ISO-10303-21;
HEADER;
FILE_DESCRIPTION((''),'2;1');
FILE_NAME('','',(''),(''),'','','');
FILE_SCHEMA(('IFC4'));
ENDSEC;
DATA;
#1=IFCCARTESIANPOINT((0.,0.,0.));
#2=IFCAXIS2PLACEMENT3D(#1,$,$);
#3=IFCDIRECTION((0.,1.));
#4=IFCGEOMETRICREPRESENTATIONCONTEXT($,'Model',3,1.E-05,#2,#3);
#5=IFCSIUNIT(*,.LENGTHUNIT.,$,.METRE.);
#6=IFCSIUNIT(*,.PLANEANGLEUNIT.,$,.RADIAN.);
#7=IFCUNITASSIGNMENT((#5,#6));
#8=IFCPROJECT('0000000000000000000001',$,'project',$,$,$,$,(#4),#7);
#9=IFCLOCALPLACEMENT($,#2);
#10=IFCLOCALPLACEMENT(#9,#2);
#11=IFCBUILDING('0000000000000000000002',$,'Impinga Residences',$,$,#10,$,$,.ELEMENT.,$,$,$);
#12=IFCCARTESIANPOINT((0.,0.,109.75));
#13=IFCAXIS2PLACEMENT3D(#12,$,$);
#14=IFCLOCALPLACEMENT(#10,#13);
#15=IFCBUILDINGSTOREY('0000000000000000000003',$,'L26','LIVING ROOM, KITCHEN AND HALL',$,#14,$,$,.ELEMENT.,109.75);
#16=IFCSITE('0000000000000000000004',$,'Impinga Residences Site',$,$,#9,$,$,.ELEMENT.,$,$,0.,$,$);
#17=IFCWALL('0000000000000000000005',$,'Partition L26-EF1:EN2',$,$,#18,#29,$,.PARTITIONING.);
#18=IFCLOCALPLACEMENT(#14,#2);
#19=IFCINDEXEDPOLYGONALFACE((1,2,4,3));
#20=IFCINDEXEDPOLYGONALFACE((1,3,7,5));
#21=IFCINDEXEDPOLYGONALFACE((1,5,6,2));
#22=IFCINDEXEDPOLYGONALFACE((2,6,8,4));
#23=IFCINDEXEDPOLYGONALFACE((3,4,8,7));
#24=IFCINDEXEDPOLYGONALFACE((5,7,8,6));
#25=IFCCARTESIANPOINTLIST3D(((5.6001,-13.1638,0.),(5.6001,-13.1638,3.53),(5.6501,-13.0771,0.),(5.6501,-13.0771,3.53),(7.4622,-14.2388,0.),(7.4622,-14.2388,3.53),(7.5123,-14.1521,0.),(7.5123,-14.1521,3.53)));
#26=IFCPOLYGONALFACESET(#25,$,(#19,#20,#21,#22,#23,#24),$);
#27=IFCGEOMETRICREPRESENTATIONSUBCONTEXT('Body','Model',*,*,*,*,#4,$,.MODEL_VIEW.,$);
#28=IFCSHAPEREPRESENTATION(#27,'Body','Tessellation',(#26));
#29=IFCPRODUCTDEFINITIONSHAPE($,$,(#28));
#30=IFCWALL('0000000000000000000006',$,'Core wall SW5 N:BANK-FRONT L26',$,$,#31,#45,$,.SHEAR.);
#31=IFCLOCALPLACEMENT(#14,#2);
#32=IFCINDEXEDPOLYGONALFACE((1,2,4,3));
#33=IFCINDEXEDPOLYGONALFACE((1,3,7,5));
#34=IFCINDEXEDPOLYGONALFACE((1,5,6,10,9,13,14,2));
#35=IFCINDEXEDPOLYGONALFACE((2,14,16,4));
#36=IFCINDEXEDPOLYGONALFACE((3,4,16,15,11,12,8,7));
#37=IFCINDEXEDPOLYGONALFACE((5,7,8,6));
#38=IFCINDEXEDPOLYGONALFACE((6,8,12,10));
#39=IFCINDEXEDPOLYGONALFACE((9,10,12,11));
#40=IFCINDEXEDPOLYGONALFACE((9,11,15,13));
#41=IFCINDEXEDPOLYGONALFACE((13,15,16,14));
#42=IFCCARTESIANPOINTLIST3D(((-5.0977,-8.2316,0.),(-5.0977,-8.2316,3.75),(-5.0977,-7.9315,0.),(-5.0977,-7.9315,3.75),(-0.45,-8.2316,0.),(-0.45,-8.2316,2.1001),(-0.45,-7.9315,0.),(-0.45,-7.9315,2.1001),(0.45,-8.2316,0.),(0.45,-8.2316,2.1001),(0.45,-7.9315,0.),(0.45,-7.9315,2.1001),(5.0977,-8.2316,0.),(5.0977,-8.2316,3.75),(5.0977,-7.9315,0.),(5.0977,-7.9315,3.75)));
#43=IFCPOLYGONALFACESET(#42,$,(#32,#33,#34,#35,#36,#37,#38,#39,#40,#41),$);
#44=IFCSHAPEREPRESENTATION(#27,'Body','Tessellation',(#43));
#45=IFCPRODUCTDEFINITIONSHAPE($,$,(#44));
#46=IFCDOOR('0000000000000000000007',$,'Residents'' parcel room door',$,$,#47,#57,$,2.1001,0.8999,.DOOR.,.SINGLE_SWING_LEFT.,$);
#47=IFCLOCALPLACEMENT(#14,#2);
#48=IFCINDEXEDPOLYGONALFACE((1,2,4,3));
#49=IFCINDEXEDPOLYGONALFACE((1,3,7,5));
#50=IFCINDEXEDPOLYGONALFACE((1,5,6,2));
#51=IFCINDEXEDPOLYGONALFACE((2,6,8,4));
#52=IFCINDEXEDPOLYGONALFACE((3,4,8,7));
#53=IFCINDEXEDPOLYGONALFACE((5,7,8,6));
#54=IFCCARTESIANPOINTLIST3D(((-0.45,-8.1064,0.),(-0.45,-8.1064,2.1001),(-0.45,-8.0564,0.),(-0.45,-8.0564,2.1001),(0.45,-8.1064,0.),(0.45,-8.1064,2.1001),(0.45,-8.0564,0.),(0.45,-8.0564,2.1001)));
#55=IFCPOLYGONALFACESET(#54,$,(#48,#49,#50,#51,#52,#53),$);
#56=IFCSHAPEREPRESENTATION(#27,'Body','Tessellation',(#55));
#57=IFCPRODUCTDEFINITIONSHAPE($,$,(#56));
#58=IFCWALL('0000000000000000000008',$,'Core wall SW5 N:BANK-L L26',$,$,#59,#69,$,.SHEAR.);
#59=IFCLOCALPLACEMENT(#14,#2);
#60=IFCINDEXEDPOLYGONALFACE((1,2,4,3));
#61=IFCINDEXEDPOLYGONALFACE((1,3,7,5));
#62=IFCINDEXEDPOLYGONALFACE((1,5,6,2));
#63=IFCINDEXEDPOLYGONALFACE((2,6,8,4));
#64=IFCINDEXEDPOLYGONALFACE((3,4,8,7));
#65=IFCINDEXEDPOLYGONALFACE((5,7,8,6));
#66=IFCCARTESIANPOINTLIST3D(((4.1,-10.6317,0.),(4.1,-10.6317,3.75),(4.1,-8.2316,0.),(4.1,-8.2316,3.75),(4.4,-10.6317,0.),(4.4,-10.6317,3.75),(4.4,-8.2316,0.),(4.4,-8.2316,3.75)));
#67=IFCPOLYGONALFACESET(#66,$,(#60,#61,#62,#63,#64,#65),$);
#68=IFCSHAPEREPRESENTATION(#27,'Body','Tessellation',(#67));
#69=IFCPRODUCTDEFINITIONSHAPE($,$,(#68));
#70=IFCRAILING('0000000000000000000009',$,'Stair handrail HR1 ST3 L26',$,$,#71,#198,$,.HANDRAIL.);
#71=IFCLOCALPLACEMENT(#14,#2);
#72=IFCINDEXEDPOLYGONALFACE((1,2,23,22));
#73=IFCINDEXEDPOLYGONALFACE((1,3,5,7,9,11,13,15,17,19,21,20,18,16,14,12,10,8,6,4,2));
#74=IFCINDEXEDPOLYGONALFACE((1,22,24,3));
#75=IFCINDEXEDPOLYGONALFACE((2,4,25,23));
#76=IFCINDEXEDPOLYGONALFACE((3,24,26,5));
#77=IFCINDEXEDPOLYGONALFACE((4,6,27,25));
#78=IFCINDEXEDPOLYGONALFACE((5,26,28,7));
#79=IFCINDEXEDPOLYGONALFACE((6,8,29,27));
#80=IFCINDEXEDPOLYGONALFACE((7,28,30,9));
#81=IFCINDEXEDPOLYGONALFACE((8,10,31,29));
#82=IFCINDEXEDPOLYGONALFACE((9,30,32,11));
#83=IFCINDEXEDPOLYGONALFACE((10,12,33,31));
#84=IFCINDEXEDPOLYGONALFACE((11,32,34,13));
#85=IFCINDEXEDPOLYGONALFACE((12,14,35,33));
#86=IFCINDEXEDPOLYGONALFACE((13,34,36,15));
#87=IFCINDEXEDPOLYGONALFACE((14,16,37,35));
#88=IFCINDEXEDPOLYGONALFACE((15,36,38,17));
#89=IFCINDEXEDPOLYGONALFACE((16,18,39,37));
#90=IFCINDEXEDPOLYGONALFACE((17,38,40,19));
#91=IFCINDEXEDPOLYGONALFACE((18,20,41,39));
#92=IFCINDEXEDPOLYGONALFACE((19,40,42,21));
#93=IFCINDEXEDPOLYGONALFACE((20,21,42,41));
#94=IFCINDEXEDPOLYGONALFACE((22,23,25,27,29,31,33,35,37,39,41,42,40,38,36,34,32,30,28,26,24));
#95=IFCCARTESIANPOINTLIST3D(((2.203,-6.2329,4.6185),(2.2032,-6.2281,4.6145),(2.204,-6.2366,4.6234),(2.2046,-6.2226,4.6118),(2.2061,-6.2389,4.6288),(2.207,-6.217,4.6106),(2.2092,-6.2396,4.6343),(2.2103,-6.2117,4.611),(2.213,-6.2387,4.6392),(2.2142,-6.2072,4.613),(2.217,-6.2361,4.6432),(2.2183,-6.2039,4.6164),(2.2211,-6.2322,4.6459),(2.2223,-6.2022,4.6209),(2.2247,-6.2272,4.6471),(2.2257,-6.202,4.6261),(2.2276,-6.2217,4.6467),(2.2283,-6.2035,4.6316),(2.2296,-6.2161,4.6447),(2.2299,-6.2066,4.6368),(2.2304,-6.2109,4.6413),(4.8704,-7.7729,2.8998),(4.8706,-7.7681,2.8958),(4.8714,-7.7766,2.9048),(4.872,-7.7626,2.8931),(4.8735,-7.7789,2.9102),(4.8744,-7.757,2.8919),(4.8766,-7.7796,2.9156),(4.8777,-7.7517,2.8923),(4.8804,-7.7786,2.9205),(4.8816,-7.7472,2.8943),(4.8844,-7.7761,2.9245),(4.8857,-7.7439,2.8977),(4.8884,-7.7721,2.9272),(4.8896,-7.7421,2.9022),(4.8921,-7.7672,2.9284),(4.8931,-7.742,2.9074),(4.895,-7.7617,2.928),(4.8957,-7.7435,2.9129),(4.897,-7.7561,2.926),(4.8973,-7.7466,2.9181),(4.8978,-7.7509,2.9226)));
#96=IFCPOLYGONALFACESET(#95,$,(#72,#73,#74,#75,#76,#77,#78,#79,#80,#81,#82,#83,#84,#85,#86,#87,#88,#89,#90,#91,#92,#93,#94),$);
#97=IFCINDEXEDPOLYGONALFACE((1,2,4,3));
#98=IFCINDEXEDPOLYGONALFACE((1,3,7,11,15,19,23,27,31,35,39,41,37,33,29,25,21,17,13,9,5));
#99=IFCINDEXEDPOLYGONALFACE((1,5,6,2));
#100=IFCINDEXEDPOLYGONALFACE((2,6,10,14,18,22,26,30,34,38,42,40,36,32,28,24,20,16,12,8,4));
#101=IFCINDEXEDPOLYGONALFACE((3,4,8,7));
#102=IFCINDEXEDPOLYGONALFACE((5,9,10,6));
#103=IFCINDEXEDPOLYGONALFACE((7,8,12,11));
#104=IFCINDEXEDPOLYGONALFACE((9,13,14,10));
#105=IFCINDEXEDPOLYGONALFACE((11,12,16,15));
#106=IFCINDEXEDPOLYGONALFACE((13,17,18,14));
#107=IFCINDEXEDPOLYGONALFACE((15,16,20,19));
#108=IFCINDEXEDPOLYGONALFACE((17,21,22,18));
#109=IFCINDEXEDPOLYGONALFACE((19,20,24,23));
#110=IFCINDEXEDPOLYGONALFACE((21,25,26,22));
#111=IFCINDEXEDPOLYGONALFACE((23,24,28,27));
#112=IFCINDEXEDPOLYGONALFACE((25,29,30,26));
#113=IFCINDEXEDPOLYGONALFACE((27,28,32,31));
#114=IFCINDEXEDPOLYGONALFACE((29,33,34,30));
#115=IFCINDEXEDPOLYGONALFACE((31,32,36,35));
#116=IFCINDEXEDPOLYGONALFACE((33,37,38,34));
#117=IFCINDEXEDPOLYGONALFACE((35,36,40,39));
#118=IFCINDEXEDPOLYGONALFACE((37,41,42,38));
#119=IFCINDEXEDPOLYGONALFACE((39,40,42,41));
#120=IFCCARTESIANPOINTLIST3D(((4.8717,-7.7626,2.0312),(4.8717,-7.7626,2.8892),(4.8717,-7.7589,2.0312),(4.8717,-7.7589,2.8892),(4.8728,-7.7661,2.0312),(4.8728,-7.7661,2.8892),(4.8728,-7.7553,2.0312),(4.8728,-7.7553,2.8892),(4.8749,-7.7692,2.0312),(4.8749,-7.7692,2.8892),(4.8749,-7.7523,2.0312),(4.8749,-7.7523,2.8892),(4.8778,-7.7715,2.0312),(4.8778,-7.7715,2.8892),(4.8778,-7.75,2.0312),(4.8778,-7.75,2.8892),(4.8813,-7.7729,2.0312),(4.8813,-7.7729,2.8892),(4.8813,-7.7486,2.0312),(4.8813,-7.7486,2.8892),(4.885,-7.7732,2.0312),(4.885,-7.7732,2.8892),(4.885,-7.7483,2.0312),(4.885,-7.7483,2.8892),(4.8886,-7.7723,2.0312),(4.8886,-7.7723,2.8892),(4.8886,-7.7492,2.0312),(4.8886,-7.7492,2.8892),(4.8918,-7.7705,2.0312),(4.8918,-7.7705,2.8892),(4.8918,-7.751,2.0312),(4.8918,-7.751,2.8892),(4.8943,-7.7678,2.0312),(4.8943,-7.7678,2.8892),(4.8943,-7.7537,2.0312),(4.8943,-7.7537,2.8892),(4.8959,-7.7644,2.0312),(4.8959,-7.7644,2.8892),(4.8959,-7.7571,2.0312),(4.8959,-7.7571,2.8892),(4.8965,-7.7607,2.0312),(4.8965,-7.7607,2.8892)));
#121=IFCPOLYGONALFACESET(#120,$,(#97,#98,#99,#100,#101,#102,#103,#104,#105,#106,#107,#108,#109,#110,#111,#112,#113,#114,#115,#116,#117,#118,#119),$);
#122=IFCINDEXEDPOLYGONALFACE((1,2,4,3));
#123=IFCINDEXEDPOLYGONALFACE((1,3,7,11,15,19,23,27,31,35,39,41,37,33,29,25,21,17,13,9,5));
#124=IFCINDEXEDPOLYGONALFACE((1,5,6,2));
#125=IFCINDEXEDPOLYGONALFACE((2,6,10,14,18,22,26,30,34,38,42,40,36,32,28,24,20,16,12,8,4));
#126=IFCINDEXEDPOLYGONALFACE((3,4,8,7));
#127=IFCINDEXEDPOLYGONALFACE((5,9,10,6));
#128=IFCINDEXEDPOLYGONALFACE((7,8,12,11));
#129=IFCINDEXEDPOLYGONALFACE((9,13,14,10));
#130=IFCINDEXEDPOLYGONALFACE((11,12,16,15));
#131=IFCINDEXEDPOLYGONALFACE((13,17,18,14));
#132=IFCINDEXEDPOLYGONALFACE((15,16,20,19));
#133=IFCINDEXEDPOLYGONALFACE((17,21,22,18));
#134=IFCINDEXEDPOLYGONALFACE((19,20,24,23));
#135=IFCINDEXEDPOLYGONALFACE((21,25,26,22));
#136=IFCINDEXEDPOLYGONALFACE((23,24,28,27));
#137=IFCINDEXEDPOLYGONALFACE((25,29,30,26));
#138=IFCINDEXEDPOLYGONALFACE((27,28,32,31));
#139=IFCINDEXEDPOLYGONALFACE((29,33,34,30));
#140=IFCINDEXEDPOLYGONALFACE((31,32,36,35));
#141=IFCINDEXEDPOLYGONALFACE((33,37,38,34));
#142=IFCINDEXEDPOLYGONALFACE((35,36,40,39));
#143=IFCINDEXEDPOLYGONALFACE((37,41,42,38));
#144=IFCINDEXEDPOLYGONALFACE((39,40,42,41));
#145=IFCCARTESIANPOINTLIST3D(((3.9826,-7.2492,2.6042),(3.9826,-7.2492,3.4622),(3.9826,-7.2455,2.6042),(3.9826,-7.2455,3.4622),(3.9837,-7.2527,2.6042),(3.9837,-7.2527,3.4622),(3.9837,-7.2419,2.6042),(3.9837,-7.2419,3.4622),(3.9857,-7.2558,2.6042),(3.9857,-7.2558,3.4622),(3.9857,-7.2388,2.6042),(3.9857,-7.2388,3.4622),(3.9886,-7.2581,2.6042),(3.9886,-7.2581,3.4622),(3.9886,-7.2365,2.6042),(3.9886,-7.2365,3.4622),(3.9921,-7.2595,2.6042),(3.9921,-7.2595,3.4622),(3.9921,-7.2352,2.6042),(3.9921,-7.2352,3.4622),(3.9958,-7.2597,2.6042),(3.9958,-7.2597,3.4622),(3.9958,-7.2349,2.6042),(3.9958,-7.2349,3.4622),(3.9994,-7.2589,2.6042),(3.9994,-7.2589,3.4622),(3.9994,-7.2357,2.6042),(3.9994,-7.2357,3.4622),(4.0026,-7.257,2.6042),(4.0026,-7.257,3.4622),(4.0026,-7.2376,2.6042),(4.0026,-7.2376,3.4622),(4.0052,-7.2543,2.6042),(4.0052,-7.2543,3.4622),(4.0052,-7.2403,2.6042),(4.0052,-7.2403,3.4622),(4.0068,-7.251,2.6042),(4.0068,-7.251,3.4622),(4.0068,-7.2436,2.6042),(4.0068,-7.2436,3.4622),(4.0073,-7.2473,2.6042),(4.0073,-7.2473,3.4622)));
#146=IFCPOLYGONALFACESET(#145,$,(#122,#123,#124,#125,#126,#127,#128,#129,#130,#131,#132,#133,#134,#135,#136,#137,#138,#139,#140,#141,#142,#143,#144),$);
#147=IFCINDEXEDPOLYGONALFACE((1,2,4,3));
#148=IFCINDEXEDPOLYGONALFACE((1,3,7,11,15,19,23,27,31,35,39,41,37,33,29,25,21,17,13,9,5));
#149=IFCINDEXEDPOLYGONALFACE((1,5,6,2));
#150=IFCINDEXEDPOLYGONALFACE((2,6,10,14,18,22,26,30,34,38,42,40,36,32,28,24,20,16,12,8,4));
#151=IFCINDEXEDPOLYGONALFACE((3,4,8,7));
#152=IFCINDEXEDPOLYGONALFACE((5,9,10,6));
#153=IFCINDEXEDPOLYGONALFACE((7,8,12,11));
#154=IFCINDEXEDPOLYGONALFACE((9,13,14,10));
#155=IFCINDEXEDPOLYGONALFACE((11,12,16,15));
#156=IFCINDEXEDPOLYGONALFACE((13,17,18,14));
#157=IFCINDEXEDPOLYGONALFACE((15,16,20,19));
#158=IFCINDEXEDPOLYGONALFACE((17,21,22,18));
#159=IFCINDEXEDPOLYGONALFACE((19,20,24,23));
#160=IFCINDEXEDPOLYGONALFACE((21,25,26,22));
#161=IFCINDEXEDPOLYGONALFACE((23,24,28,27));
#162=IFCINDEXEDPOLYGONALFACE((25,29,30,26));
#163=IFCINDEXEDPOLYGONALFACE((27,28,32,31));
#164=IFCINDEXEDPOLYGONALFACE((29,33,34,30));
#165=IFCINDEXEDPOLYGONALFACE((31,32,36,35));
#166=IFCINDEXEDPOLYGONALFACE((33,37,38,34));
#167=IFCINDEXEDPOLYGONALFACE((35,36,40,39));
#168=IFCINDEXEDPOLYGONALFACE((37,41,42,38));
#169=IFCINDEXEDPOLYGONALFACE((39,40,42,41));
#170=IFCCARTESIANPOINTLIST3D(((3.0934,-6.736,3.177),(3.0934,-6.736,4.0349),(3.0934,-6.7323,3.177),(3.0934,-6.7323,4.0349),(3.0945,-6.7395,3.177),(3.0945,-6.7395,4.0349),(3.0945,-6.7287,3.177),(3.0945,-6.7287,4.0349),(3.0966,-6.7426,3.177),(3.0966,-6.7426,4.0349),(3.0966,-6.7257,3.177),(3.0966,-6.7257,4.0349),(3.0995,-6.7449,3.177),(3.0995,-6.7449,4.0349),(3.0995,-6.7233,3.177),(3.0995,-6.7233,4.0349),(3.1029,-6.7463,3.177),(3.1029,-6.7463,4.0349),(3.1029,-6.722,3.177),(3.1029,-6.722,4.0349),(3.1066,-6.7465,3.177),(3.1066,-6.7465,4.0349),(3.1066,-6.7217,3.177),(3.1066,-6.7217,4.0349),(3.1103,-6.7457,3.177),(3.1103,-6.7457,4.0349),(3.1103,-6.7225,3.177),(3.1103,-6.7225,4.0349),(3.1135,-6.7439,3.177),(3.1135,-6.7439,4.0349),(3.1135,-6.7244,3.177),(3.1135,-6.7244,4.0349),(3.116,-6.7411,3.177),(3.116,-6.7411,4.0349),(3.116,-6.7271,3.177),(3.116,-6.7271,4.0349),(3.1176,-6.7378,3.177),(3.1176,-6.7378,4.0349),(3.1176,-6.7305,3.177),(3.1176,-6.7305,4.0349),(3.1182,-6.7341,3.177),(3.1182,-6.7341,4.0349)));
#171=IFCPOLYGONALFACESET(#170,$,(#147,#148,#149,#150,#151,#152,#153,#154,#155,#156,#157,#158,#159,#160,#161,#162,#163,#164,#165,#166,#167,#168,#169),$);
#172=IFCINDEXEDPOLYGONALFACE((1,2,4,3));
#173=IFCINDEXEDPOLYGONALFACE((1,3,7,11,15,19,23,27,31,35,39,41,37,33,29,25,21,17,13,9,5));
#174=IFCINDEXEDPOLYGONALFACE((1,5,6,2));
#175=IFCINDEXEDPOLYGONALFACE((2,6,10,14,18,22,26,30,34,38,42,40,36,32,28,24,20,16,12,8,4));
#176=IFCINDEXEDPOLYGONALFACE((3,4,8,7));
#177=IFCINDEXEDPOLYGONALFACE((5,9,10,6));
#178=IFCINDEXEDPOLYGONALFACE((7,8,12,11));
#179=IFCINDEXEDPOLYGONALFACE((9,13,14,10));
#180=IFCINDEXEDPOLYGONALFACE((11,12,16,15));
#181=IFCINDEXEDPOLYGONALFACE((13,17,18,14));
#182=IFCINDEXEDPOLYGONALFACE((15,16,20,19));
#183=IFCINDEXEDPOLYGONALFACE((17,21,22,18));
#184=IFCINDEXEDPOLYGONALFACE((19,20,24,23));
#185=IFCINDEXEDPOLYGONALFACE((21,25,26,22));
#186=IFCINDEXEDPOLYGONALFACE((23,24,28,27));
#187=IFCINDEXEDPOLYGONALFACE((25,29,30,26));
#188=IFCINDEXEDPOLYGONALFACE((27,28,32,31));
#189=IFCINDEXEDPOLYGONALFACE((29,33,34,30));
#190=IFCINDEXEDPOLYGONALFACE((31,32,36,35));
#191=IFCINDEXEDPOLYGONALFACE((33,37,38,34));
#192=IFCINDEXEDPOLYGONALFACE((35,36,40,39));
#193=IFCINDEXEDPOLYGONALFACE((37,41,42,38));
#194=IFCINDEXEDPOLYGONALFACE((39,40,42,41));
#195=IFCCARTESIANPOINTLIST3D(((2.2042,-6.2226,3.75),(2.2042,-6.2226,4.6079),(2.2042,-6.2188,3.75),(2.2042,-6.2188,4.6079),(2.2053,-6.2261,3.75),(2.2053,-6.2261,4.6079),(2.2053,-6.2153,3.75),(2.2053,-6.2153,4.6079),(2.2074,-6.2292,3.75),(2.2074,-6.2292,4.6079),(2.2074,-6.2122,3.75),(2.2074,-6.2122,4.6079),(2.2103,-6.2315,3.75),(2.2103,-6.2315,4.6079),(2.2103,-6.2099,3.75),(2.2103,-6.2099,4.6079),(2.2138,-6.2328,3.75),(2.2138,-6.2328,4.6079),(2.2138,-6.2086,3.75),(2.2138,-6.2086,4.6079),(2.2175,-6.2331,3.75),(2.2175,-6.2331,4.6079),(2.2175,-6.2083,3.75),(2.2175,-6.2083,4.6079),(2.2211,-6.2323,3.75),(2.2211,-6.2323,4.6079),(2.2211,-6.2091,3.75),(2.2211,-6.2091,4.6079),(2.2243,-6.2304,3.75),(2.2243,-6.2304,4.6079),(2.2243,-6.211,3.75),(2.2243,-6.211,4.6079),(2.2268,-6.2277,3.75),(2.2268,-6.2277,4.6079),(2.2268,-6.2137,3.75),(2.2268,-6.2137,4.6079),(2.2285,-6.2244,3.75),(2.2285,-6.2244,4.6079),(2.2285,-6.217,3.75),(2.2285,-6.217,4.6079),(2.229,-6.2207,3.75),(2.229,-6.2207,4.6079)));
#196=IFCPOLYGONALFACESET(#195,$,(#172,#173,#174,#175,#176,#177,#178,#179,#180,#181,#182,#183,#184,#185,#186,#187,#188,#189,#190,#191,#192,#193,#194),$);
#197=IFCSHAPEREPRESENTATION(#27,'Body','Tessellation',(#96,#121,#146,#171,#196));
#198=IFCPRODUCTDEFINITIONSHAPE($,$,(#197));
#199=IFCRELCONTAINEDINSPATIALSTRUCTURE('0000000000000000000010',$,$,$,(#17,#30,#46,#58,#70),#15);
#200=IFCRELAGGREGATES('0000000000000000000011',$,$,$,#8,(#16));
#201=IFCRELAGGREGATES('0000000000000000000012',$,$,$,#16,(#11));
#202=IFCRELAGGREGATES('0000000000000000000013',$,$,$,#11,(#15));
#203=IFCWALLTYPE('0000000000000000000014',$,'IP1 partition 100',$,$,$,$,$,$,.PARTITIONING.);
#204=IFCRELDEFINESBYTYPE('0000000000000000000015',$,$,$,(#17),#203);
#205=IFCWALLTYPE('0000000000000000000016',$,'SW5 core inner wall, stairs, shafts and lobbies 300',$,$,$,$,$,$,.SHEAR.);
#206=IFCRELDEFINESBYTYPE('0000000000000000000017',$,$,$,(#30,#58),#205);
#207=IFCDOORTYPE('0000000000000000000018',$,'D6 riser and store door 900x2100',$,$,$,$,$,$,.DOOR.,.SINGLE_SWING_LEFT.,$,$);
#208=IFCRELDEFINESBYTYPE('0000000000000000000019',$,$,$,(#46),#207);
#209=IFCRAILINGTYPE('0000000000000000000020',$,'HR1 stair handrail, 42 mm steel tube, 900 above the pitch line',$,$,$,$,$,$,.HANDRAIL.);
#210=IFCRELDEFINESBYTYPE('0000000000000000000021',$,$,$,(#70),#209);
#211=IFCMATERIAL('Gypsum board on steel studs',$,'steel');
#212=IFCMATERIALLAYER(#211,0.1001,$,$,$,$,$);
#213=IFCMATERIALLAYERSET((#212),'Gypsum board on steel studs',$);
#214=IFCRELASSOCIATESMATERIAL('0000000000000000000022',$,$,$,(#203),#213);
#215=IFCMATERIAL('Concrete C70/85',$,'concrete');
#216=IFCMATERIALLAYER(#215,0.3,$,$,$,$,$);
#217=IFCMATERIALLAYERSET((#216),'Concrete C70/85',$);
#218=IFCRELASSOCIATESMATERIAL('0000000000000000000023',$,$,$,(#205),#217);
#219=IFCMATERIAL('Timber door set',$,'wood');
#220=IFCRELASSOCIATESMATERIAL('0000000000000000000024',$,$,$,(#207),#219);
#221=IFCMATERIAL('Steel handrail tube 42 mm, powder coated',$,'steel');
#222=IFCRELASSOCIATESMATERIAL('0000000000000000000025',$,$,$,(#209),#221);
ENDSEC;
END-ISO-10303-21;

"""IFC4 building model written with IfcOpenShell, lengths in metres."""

from ifc_helpers import new_model, si_unit, direction, frame, frame_2d, origin, origin_2d, place, context, subcontext, project, spatial, rectangle, circle, extrude, material, layer, layer_set, type_object, element, fill, save


model = new_model("IFC4")

# Units and contexts
model_context = context("Model", 3, precision=1e-05, world=origin(), true_north=direction((0.0, 1.0)))
body_context = subcontext(model_context, "Body", "Model", "MODEL_VIEW")
ifc_project = project(units=[si_unit("LENGTHUNIT", "METRE"), si_unit("PLANEANGLEUNIT", "RADIAN")], contexts=[model_context])

# Site, building, storey
site_placement = place(None, origin())
site = spatial("IfcSite", under=ifc_project, at=site_placement, Name="Impinga Residences Site", CompositionType="ELEMENT", RefElevation=0.0)
building_placement = place(site_placement, origin())
building = spatial("IfcBuilding", under=site, at=building_placement, Name="Impinga Residences", CompositionType="ELEMENT")
storey_placement = place(building_placement, frame((0.0, 0.0, 109.75)))
storey = spatial("IfcBuildingStorey", under=building, at=storey_placement, Name="L26", Description="LIVING ROOM, KITCHEN AND HALL", CompositionType="ELEMENT", Elevation=109.75)

# Shared definitions
ifc_material_1 = material(Name="Gypsum board on steel studs", Category="steel")
ifc_layer_1 = layer(ifc_material_1, 0.1001)
ifc_layer_set_1 = layer_set([ifc_layer_1], Name="Gypsum board on steel studs")
wall_type_1 = type_object("IfcWallType", Name="IP1 partition 100", PredefinedType="PARTITIONING", material=ifc_layer_set_1)

# Shared definitions
ifc_material_2 = material(Name="Timber door set", Category="wood")

# Wall
wall_1_placement = place(storey_placement, frame((5.625, -13.1204, 0.0), z_axis=(0.0, 0.0, 1.0), x_axis=(0.866048, -0.499962, 0.0)))
element("IfcWall", 1, at=wall_1_placement, inside=storey, type_object=wall_type_1, Name="Partition L26-EF1:EN2", PredefinedType="PARTITIONING", context=body_context, shape_type="SweptSolid", body=[
    extrude(rectangle(XDim=2.1501, YDim=0.1001, at=frame_2d((1.0752, 0.0))), origin(), (0.0, 0.0, 1.0), 3.53),
])

# Wall, opening, door
ifc_material_3 = material(Name="Concrete C70/85", Category="concrete")
ifc_layer_2 = layer(ifc_material_3, 0.3)
ifc_layer_set_2 = layer_set([ifc_layer_2], Name="Concrete C70/85")
wall_type_2 = type_object("IfcWallType", Name="SW5 core inner wall, stairs, shafts and lobbies 300", PredefinedType="SHEAR", material=ifc_layer_set_2)
wall_2_placement = place(storey_placement, frame((5.0977, -8.0815, 0.0), z_axis=(0.0, 0.0, 1.0), x_axis=(-1.0, 0.0, 0.0)))
wall_2 = element("IfcWall", 2, at=wall_2_placement, inside=storey, type_object=wall_type_2, Name="Core wall SW5 N:BANK-FRONT L26", PredefinedType="SHEAR", context=body_context, shape_type="SweptSolid", body=[
    extrude(rectangle(XDim=10.1953, YDim=0.3, at=frame_2d((5.0977, 0.0))), origin(), (0.0, 0.0, 1.0), 3.75),
])
opening_1_placement = place(wall_2_placement, frame((4.6477, 0.0, 0.0)))
opening_1 = element("IfcOpeningElement", 3, at=opening_1_placement, cuts=wall_2, PredefinedType="OPENING", context=body_context, shape_type="SweptSolid", body=[
    extrude(rectangle(XDim=0.8999, YDim=2.1001, at=frame_2d((0.45, 1.05))), frame((0.0, 0.1599, 0.0), z_axis=(0.0, -1.0, 0.0), x_axis=(1.0, 0.0, 0.0)), (0.0, 0.0, 1.0), 0.3201),
])
door_type_1 = type_object("IfcDoorType", Name="D6 riser and store door 900x2100", OperationType="SINGLE_SWING_LEFT", PredefinedType="DOOR", material=ifc_material_2)
door_1_placement = place(opening_1_placement, origin())
door_1 = element("IfcDoor", 4, at=door_1_placement, inside=storey, type_object=door_type_1, Name="Residents' parcel room door", OperationType="SINGLE_SWING_LEFT", OverallHeight=2.1001, OverallWidth=0.8999, PredefinedType="DOOR", context=body_context, shape_type="SweptSolid", body=[
    extrude(rectangle(XDim=0.8999, YDim=2.1001, at=frame_2d((0.45, 1.05))), frame((0.0, 0.0249, 0.0), z_axis=(0.0, -1.0, 0.0), x_axis=(1.0, 0.0, 0.0)), (0.0, 0.0, 1.0), 0.05),
])
fill(opening_1, door_1)

# Wall
wall_3_placement = place(storey_placement, frame((4.25, -8.2314, 0.0), z_axis=(0.0, 0.0, 1.0), x_axis=(0.0, -1.0, 0.0)))
element("IfcWall", 5, at=wall_3_placement, inside=storey, type_object=wall_type_2, Name="Core wall SW5 N:BANK-L L26", PredefinedType="SHEAR", context=body_context, shape_type="SweptSolid", body=[
    extrude(rectangle(XDim=2.4001, YDim=0.3, at=frame_2d((1.2002, 0.0))), origin(), (0.0, 0.0, 1.0), 3.75),
])

# Railing
ifc_material_4 = material(Name="Steel handrail tube 42 mm, powder coated", Category="steel")
railing_type = type_object("IfcRailingType", Name="HR1 stair handrail, 42 mm steel tube, 900 above the pitch line", PredefinedType="HANDRAIL", material=ifc_material_4)
railing_placement = place(storey_placement, frame((4.884, -7.7607, 2.0312)))
element("IfcRailing", 6, at=railing_placement, inside=storey, type_object=railing_type, Name="Stair handrail HR1 ST3 L26", PredefinedType="HANDRAIL", context=body_context, shape_type="SweptSolid", body=[
    extrude(circle(Radius=0.021, at=origin_2d()), frame((0.0, 0.0, 0.8789), z_axis=(-0.756256, 0.436616, 0.487282), x_axis=(-0.499992, -0.86603, 0.0)), (0.0, 0.0, 1.0), 3.5271),
    extrude(circle(Radius=0.0125, at=origin_2d()), origin(), (0.0, 0.0, 1.0), 0.8579),
    extrude(circle(Radius=0.0125, at=origin_2d()), frame((-0.8892, 0.5134, 0.573)), (0.0, 0.0, 1.0), 0.8579),
    extrude(circle(Radius=0.0125, at=origin_2d()), frame((-1.7783, 1.0266, 1.1458)), (0.0, 0.0, 1.0), 0.8579),
    extrude(circle(Radius=0.0125, at=origin_2d()), frame((-2.6675, 1.54, 1.7188)), (0.0, 0.0, 1.0), 0.8579),
])

save(model, "model.ifc")
